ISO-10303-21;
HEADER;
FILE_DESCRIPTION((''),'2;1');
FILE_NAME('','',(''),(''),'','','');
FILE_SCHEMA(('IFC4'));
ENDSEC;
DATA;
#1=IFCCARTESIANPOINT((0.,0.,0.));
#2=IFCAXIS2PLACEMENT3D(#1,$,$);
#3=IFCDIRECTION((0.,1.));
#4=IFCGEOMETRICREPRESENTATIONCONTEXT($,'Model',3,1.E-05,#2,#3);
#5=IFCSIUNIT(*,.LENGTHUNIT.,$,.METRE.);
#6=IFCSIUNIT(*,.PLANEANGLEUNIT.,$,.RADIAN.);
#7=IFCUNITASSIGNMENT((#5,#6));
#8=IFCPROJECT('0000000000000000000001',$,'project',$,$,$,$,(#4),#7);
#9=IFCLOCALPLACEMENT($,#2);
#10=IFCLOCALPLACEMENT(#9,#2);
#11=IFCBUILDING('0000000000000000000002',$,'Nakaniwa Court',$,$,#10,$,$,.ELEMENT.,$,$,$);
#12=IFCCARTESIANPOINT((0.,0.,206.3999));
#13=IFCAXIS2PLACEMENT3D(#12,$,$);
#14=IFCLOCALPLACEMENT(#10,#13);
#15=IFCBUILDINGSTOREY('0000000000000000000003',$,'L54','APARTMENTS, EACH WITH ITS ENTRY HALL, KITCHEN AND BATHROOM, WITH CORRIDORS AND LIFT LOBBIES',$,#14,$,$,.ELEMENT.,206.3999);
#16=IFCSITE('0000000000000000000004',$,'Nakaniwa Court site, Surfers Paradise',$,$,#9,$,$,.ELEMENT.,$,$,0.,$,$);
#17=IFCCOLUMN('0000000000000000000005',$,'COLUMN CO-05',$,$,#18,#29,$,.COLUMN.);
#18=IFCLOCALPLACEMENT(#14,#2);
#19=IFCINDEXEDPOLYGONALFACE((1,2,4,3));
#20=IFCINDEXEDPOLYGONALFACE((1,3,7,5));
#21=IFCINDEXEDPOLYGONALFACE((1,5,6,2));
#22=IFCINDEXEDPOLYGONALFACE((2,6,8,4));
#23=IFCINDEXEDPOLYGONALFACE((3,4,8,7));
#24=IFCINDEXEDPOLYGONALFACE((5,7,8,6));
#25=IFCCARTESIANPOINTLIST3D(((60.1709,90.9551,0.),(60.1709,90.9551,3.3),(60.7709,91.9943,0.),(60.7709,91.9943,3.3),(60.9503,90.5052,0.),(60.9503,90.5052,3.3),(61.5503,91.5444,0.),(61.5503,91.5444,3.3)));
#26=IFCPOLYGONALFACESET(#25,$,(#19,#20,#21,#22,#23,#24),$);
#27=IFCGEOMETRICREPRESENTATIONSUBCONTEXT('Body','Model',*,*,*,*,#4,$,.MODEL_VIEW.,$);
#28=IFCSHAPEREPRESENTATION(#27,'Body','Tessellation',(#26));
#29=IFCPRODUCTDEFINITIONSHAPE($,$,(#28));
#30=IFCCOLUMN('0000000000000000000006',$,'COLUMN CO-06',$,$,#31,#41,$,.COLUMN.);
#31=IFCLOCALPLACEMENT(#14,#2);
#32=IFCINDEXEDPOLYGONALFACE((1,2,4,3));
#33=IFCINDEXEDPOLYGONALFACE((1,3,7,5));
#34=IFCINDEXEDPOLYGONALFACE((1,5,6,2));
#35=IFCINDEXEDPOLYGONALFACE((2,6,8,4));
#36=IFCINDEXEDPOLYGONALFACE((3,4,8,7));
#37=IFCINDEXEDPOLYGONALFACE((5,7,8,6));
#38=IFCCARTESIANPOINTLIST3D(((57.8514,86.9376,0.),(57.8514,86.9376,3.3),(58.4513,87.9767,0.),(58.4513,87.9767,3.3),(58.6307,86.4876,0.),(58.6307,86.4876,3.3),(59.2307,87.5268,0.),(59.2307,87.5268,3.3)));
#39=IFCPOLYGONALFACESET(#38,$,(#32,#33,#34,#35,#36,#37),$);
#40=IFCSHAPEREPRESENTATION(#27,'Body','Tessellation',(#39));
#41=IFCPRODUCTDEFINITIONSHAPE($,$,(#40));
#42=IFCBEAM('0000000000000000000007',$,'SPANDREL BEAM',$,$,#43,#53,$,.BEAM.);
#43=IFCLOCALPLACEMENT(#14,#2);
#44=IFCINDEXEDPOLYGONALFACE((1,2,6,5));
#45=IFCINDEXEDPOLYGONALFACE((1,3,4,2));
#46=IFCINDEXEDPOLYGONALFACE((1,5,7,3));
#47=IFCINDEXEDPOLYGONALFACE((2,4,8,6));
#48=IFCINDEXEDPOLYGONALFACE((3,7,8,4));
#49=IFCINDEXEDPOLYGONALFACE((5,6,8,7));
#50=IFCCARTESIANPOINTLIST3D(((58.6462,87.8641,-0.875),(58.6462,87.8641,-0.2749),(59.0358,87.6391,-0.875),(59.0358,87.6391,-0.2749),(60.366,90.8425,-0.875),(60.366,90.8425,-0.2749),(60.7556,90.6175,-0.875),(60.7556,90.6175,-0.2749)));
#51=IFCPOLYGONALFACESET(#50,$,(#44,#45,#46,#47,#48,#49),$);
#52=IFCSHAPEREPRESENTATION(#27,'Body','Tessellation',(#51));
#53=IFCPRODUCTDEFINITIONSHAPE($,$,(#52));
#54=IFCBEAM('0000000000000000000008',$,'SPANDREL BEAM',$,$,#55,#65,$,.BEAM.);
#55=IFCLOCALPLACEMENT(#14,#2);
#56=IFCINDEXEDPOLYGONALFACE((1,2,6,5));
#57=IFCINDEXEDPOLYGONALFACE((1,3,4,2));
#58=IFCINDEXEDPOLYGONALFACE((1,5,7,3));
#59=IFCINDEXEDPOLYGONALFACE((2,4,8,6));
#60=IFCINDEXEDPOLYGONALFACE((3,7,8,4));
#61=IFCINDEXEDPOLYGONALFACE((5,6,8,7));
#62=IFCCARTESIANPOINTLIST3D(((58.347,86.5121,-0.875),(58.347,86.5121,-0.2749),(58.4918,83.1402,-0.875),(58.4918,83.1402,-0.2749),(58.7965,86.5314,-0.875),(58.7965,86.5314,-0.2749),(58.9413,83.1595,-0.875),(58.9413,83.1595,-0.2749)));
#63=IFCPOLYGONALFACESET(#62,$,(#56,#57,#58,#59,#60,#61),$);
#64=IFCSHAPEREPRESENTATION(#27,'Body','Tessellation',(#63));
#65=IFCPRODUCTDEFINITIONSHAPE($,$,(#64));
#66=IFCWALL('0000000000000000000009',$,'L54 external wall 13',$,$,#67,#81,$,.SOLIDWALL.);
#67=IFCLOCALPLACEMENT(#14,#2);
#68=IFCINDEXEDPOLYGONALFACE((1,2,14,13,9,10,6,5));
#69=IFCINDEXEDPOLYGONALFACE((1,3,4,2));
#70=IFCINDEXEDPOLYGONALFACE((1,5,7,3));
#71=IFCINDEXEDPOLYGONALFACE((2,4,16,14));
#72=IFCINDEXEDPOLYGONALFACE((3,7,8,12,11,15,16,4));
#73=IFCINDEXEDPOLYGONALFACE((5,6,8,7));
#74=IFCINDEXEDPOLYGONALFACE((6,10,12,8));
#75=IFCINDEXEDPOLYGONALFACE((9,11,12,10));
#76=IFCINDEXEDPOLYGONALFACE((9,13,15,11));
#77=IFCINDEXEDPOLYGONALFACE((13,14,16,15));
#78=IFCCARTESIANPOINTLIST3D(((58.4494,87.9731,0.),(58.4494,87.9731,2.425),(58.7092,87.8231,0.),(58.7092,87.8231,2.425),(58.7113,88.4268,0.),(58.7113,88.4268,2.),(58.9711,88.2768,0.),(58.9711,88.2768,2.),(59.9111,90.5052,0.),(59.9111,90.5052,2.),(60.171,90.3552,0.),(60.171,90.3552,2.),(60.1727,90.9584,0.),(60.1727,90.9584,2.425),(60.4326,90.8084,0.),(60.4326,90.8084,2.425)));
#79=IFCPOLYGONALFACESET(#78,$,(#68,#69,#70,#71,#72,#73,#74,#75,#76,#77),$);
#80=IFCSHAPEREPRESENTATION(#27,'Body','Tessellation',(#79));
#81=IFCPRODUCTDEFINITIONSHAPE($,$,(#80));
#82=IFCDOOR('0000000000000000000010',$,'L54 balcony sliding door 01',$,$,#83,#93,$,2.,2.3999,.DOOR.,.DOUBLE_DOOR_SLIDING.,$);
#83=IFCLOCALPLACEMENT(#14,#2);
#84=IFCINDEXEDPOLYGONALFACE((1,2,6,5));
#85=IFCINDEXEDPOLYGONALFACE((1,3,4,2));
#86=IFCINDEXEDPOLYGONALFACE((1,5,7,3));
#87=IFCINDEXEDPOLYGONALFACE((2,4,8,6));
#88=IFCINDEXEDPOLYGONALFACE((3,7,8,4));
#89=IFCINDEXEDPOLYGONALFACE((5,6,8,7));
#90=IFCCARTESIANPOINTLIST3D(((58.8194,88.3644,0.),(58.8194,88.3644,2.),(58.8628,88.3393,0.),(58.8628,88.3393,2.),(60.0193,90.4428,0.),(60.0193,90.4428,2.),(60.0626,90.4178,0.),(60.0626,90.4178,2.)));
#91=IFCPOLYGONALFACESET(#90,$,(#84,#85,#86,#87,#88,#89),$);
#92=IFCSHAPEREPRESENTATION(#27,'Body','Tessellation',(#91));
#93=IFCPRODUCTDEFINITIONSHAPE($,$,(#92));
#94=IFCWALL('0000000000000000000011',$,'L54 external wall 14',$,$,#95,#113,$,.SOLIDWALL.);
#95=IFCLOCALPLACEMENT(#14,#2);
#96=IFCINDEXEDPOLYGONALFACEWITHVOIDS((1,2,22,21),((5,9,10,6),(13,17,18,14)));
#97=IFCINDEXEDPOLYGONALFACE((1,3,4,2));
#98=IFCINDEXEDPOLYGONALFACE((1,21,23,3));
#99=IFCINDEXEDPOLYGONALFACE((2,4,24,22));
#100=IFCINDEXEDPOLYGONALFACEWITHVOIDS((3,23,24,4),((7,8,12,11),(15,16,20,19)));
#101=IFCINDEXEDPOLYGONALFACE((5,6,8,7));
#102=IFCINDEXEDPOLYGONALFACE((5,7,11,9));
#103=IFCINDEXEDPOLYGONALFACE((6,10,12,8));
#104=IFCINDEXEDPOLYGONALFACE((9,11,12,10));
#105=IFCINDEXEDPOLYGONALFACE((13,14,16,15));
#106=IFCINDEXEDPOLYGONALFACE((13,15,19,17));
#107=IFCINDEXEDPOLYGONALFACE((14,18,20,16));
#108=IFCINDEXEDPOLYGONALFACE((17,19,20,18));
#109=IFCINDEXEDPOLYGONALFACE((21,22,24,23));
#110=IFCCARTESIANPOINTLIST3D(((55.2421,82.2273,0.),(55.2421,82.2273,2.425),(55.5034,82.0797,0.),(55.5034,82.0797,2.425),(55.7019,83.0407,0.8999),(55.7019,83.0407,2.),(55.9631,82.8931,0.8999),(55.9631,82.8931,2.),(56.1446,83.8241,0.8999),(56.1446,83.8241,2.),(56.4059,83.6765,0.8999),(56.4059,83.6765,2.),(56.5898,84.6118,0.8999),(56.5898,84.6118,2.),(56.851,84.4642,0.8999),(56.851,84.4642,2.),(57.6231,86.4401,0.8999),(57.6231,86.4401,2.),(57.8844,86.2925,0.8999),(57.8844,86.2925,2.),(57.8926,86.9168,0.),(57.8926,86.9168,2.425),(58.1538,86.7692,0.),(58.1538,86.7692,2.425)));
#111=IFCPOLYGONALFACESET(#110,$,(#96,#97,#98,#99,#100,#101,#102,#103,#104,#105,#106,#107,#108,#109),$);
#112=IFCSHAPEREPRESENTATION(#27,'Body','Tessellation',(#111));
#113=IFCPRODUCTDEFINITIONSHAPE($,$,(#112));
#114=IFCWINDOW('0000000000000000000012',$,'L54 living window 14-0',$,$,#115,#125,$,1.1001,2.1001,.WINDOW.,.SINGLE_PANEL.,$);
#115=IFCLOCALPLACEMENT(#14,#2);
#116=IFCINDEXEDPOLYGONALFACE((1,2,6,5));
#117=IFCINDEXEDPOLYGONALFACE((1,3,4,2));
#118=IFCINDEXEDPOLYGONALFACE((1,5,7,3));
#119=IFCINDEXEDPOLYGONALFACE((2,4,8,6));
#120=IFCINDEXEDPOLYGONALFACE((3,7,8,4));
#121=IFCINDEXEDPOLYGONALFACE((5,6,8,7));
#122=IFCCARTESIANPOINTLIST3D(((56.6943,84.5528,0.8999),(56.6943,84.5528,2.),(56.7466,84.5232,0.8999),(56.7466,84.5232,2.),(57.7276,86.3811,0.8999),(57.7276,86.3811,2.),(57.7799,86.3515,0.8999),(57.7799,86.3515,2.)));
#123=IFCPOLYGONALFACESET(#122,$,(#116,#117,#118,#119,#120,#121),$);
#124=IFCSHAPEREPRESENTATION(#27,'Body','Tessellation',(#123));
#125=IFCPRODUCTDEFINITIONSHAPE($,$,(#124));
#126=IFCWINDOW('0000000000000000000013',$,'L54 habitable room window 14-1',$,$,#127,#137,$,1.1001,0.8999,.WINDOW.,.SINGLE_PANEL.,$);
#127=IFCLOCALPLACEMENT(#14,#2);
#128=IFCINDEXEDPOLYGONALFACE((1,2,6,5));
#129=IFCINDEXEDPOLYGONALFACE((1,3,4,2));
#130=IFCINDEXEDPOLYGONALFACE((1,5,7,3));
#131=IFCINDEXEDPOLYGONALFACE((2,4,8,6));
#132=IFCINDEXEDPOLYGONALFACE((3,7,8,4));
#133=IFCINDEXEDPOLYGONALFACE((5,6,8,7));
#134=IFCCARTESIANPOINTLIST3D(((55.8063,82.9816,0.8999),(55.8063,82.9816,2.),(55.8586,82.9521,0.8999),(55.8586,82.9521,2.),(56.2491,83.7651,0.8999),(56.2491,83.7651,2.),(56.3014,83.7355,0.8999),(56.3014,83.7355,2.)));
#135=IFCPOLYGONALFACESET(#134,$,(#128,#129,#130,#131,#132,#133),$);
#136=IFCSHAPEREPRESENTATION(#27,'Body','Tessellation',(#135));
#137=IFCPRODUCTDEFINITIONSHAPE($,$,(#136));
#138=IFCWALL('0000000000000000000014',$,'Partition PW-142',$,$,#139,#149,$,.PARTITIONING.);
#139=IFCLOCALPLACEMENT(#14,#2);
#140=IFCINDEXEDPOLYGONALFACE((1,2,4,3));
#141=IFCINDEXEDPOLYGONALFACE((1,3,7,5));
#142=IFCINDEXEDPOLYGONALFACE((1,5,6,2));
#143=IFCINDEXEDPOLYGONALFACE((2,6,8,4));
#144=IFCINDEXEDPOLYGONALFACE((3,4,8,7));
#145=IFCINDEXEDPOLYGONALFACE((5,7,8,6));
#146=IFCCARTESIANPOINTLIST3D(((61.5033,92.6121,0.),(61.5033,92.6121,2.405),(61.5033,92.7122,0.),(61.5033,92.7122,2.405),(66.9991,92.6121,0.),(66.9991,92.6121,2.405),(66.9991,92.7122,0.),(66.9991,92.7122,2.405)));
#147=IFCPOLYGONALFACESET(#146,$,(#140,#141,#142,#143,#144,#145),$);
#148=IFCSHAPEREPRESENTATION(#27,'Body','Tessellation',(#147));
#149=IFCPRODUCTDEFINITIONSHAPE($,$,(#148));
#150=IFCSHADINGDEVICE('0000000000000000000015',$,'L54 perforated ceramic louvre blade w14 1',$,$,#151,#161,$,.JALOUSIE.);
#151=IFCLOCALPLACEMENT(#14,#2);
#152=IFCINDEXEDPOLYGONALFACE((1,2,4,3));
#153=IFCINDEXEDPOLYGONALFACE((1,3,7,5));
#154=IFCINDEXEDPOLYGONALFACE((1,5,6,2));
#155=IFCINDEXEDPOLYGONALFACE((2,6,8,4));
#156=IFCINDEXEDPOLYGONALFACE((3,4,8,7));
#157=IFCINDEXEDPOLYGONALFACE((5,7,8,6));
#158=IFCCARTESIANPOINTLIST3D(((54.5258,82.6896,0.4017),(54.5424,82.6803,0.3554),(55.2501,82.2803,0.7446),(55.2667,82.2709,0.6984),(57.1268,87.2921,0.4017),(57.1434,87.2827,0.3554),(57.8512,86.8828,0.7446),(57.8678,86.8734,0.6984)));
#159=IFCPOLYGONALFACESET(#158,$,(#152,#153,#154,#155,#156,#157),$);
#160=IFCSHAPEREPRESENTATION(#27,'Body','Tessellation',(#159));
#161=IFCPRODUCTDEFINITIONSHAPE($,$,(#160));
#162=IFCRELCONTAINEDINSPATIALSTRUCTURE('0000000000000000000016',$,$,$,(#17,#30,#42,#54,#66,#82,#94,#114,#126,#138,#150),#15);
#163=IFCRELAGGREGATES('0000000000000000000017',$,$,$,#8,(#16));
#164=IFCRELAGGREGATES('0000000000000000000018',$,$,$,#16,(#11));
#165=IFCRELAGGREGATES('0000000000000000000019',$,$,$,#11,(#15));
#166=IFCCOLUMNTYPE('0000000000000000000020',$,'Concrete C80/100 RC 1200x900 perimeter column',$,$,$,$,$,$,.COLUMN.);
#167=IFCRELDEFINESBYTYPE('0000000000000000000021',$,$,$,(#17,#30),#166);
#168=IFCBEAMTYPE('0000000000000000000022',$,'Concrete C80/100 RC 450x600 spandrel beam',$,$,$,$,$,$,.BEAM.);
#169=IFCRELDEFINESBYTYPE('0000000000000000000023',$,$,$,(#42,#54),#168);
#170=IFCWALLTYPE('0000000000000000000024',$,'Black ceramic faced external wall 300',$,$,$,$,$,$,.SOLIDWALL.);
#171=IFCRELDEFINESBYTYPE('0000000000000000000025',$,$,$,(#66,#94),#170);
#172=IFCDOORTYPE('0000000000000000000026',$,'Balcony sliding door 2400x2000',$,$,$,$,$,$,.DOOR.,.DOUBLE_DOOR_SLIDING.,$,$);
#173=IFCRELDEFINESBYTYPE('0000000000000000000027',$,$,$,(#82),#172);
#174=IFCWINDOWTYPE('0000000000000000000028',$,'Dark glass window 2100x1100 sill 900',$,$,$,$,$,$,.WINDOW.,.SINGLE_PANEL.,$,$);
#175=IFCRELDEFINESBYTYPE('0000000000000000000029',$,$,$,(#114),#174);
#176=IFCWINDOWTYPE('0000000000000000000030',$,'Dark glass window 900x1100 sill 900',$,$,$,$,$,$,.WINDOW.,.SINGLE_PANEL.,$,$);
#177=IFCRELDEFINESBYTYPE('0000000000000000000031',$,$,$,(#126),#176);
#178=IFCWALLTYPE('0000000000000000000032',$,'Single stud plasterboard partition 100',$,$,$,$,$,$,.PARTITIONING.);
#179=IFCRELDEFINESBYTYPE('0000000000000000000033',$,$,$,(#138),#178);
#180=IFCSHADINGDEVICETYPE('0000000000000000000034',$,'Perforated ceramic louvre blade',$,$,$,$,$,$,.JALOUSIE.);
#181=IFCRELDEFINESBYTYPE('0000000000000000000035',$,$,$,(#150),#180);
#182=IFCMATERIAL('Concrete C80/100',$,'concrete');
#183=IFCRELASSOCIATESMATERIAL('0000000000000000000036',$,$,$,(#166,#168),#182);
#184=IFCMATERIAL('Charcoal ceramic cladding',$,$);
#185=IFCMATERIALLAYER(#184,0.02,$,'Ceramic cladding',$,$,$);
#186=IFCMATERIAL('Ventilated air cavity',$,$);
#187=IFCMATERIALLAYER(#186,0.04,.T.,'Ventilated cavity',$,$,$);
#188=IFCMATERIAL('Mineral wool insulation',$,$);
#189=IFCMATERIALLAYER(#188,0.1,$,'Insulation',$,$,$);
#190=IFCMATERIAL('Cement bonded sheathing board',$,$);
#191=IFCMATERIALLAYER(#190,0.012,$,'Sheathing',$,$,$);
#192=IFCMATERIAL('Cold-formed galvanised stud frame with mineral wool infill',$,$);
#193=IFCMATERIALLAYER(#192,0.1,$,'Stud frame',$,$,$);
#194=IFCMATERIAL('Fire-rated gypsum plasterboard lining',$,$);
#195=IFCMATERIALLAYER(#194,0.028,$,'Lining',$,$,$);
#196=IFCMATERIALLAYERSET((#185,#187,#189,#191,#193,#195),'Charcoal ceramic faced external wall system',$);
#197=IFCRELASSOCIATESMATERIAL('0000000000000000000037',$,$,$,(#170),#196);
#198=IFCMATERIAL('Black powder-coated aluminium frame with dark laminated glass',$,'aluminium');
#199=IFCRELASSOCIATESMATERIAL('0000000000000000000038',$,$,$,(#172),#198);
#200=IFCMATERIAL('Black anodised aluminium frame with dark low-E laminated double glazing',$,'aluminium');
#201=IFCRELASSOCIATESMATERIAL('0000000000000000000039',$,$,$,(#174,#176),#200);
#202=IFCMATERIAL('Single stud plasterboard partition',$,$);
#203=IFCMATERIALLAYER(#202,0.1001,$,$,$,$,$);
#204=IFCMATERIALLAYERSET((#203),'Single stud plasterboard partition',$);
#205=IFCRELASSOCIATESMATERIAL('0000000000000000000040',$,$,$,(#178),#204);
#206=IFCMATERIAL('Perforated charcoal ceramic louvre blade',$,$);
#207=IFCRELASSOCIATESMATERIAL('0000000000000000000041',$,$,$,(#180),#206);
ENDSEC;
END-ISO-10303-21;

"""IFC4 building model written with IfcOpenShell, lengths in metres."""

from ifc_helpers import new_model, si_unit, direction, frame, frame_2d, origin, origin_2d, place, context, subcontext, project, spatial, rectangle, extrude, material, layer, layer_set, material_profile, profile_set, type_object, element, fill, save


model = new_model("IFC4")

# Units and contexts
model_context = context("Model", 3, precision=1e-05, world=origin(), true_north=direction((0.0, 1.0)))
body_context = subcontext(model_context, "Body", "Model", "MODEL_VIEW")
ifc_project = project(units=[si_unit("LENGTHUNIT", "METRE"), si_unit("PLANEANGLEUNIT", "RADIAN")], contexts=[model_context])

# Site, building, storey
site_placement = place(None, origin())
site = spatial("IfcSite", under=ifc_project, at=site_placement, Name="Nakaniwa Court site, Surfers Paradise", CompositionType="ELEMENT", RefElevation=0.0)
building_placement = place(site_placement, origin())
building = spatial("IfcBuilding", under=site, at=building_placement, Name="Nakaniwa Court", CompositionType="ELEMENT")
storey_placement = place(building_placement, frame((0.0, 0.0, 206.3999)))
storey = spatial("IfcBuildingStorey", under=building, at=storey_placement, Name="L54", Description="APARTMENTS, EACH WITH ITS ENTRY HALL, KITCHEN AND BATHROOM, WITH CORRIDORS AND LIFT LOBBIES", CompositionType="ELEMENT", Elevation=206.3999)

# Columns
ifc_material_1 = material(Name="Concrete C80/100", Category="concrete")
ifc_material_profile_1 = material_profile(ifc_material_1, rectangle(XDim=1.2, YDim=0.8999, at=origin_2d()), Name="Concrete C80/100 RC 1200x900 perimeter column")
ifc_profile_set_1 = profile_set([ifc_material_profile_1], Name="Concrete C80/100")
column_type = type_object("IfcColumnType", Name="Concrete C80/100 RC 1200x900 perimeter column", PredefinedType="COLUMN", material=ifc_profile_set_1)
for number, where, z_axis, x_axis, name in (
    (1, (60.8606, 91.2498, 0.0), (0.0, 0.0, 1.0), (-0.5, -0.866025, 0.0), "COLUMN CO-05"),
    (2, (58.541, 87.2322, 0.0), (0.0, 0.0, 1.0), (-0.5, -0.866025, 0.0), "COLUMN CO-06"),
):
    element("IfcColumn", number, at=place(storey_placement, frame(where, z_axis=z_axis, x_axis=x_axis)), inside=storey, type_object=column_type, Name=name, PredefinedType="COLUMN", context=body_context, shape_type="SweptSolid", body=[
        extrude(rectangle(XDim=1.2, YDim=0.8999, at=origin_2d()), origin(), (0.0, 0.0, 1.0), 3.3),
    ])

# Beams
ifc_material_profile_2 = material_profile(ifc_material_1, rectangle(XDim=0.45, YDim=0.6001, at=origin_2d()), Name="Concrete C80/100 RC 450x600 spandrel beam")
ifc_profile_set_2 = profile_set([ifc_material_profile_2], Name="Concrete C80/100")
beam_type = type_object("IfcBeamType", Name="Concrete C80/100 RC 450x600 spandrel beam", PredefinedType="BEAM", material=ifc_profile_set_2)
beam_1_placement = place(storey_placement, frame((60.5608, 90.73, -0.575), z_axis=(-0.500048, -0.865998, 0.0), x_axis=(0.865998, -0.500048, 0.0)))
element("IfcBeam", 3, at=beam_1_placement, inside=storey, type_object=beam_type, Name="SPANDREL BEAM", PredefinedType="BEAM", context=body_context, shape_type="SweptSolid", body=[
    extrude(rectangle(XDim=0.45, YDim=0.6001, at=origin_2d()), origin(), (0.0, 0.0, 1.0), 3.4392),
])
beam_2_placement = place(storey_placement, frame((58.5718, 86.5217, -0.575), z_axis=(0.042897, -0.999079, 0.0), x_axis=(0.999079, 0.042897, 0.0)))
element("IfcBeam", 4, at=beam_2_placement, inside=storey, type_object=beam_type, Name="SPANDREL BEAM", PredefinedType="BEAM", context=body_context, shape_type="SweptSolid", body=[
    extrude(rectangle(XDim=0.45, YDim=0.6001, at=origin_2d()), origin(), (0.0, 0.0, 1.0), 3.375),
])

# Wall, opening, door
ifc_material_2 = material(Name="Charcoal ceramic cladding")
ifc_layer_1 = layer(ifc_material_2, 0.02, Name="Ceramic cladding")
ifc_material_3 = material(Name="Ventilated air cavity")
ifc_layer_2 = layer(ifc_material_3, 0.04, ventilated=True, Name="Ventilated cavity")
ifc_material_4 = material(Name="Mineral wool insulation")
ifc_layer_3 = layer(ifc_material_4, 0.1, Name="Insulation")
ifc_material_5 = material(Name="Cement bonded sheathing board")
ifc_layer_4 = layer(ifc_material_5, 0.012, Name="Sheathing")
ifc_material_6 = material(Name="Cold-formed galvanised stud frame with mineral wool infill")
ifc_layer_5 = layer(ifc_material_6, 0.1, Name="Stud frame")
ifc_material_7 = material(Name="Fire-rated gypsum plasterboard lining")
ifc_layer_6 = layer(ifc_material_7, 0.028, Name="Lining")
ifc_layer_set_1 = layer_set([ifc_layer_1, ifc_layer_2, ifc_layer_3, ifc_layer_4, ifc_layer_5, ifc_layer_6], Name="Charcoal ceramic faced external wall system")
wall_type_1 = type_object("IfcWallType", Name="Black ceramic faced external wall 300", PredefinedType="SOLIDWALL", material=ifc_layer_set_1)
wall_1_placement = place(storey_placement, frame((60.3027, 90.8835, 0.0), z_axis=(0.0, 0.0, 1.0), x_axis=(-0.499955, -0.866051, 0.0)))
wall_1 = element("IfcWall", 5, at=wall_1_placement, inside=storey, type_object=wall_type_1, Name="L54 external wall 13", PredefinedType="SOLIDWALL", context=body_context, shape_type="SweptSolid", body=[
    extrude(rectangle(XDim=3.447, YDim=0.3, at=frame_2d((1.7236, 0.0))), origin(), (0.0, 0.0, 1.0), 2.425),
])
opening_1_placement = place(wall_1_placement, frame((0.5234, 0.0, 0.0)))
opening_1 = element("IfcOpeningElement", 6, at=opening_1_placement, cuts=wall_1, PredefinedType="OPENING", context=body_context, shape_type="SweptSolid", body=[
    extrude(rectangle(XDim=2.3999, YDim=2.0, at=frame_2d((1.2, 1.0))), frame((0.0, 0.1599, 0.0), z_axis=(0.0, -1.0, 0.0), x_axis=(1.0, 0.0, 0.0)), (0.0, 0.0, 1.0), 0.3201),
])
ifc_material_8 = material(Name="Black powder-coated aluminium frame with dark laminated glass", Category="aluminium")
door_type = type_object("IfcDoorType", Name="Balcony sliding door 2400x2000", OperationType="DOUBLE_DOOR_SLIDING", PredefinedType="DOOR", material=ifc_material_8)
door_placement = place(opening_1_placement, origin())
door = element("IfcDoor", 7, at=door_placement, inside=storey, type_object=door_type, Name="L54 balcony sliding door 01", OperationType="DOUBLE_DOOR_SLIDING", OverallHeight=2.0, OverallWidth=2.3999, PredefinedType="DOOR", context=body_context, shape_type="SweptSolid", body=[
    extrude(rectangle(XDim=2.3999, YDim=2.0, at=frame_2d((1.2, 1.0))), frame((0.0, 0.0249, 0.0), z_axis=(0.0, -1.0, 0.0), x_axis=(1.0, 0.0, 0.0)), (0.0, 0.0, 1.0), 0.05),
])
fill(opening_1, door)

# Wall, openings, windows
wall_2_placement = place(storey_placement, frame((58.0232, 86.843, 0.0), z_axis=(0.0, 0.0, 1.0), x_axis=(-0.492033, -0.870576, 0.0)))
wall_2 = element("IfcWall", 8, at=wall_2_placement, inside=storey, type_object=wall_type_1, Name="L54 external wall 14", PredefinedType="SOLIDWALL", context=body_context, shape_type="SweptSolid", body=[
    extrude(rectangle(XDim=5.3867, YDim=0.3, at=frame_2d((2.6934, 0.0))), origin(), (0.0, 0.0, 1.0), 2.425),
])
opening_2_placement = place(wall_2_placement, frame((0.5476, 0.0, 0.8999)))
opening_2 = element("IfcOpeningElement", 9, at=opening_2_placement, cuts=wall_2, PredefinedType="OPENING", context=body_context, shape_type="SweptSolid", body=[
    extrude(rectangle(XDim=2.1001, YDim=1.1001, at=frame_2d((1.05, 0.55))), frame((0.0, 0.1599, 0.0), z_axis=(0.0, -1.0, 0.0), x_axis=(1.0, 0.0, 0.0)), (0.0, 0.0, 1.0), 0.3201),
])
opening_3_placement = place(wall_2_placement, frame((3.5525, 0.0, 0.8999)))
opening_3 = element("IfcOpeningElement", 10, at=opening_3_placement, cuts=wall_2, PredefinedType="OPENING", context=body_context, shape_type="SweptSolid", body=[
    extrude(rectangle(XDim=0.8999, YDim=1.1001, at=frame_2d((0.45, 0.55))), frame((0.0, 0.1599, 0.0), z_axis=(0.0, -1.0, 0.0), x_axis=(1.0, 0.0, 0.0)), (0.0, 0.0, 1.0), 0.3201),
])
ifc_material_9 = material(Name="Black anodised aluminium frame with dark low-E laminated double glazing", Category="aluminium")
window_type_1 = type_object("IfcWindowType", Name="Dark glass window 2100x1100 sill 900", PartitioningType="SINGLE_PANEL", PredefinedType="WINDOW", material=ifc_material_9)
window_1_placement = place(opening_2_placement, origin())
window_1 = element("IfcWindow", 11, at=window_1_placement, inside=storey, type_object=window_type_1, Name="L54 living window 14-0", OverallHeight=1.1001, OverallWidth=2.1001, PartitioningType="SINGLE_PANEL", PredefinedType="WINDOW", context=body_context, shape_type="SweptSolid", body=[
    extrude(rectangle(XDim=2.1001, YDim=1.1001, at=frame_2d((1.05, 0.55))), frame((0.0, 0.03, 0.0), z_axis=(0.0, -1.0, 0.0), x_axis=(1.0, 0.0, 0.0)), (0.0, 0.0, 1.0), 0.0601),
])
fill(opening_2, window_1)
window_type_2 = type_object("IfcWindowType", Name="Dark glass window 900x1100 sill 900", PartitioningType="SINGLE_PANEL", PredefinedType="WINDOW", material=ifc_material_9)
window_2_placement = place(opening_3_placement, origin())
window_2 = element("IfcWindow", 12, at=window_2_placement, inside=storey, type_object=window_type_2, Name="L54 habitable room window 14-1", OverallHeight=1.1001, OverallWidth=0.8999, PartitioningType="SINGLE_PANEL", PredefinedType="WINDOW", context=body_context, shape_type="SweptSolid", body=[
    extrude(rectangle(XDim=0.8999, YDim=1.1001, at=frame_2d((0.45, 0.55))), frame((0.0, 0.03, 0.0), z_axis=(0.0, -1.0, 0.0), x_axis=(1.0, 0.0, 0.0)), (0.0, 0.0, 1.0), 0.0601),
])
fill(opening_3, window_2)

# Wall
ifc_material_10 = material(Name="Single stud plasterboard partition")
ifc_layer_7 = layer(ifc_material_10, 0.1001)
ifc_layer_set_2 = layer_set([ifc_layer_7], Name="Single stud plasterboard partition")
wall_type_2 = type_object("IfcWallType", Name="Single stud plasterboard partition 100", PredefinedType="PARTITIONING", material=ifc_layer_set_2)
wall_3_placement = place(storey_placement, frame((61.5032, 92.6621, 0.0), z_axis=(0.0, 0.0, 1.0), x_axis=(1.0, 0.0, 0.0)))
element("IfcWall", 13, at=wall_3_placement, inside=storey, type_object=wall_type_2, Name="Partition PW-142", PredefinedType="PARTITIONING", context=body_context, shape_type="SweptSolid", body=[
    extrude(rectangle(XDim=5.4958, YDim=0.1001, at=frame_2d((2.748, 0.0))), origin(), (0.0, 0.0, 1.0), 2.405),
])

# Shading device
ifc_material_11 = material(Name="Perforated charcoal ceramic louvre blade")
ifc_material_profile_3 = material_profile(ifc_material_11, rectangle(XDim=0.8999, YDim=0.05, at=origin_2d()), Name="Perforated ceramic louvre blade")
ifc_profile_set_3 = profile_set([ifc_material_profile_3], Name="Perforated charcoal ceramic louvre blade")
shading_device_type = type_object("IfcShadingDeviceType", Name="Perforated ceramic louvre blade", PredefinedType="JALOUSIE", material=ifc_profile_set_3)
for number, where, z_axis, x_axis, name in (
    (14, (57.4973, 87.0828, 0.55), (-0.492006, -0.870592, 0.0), (0.804902, -0.454882, 0.38107), "L54 perforated ceramic louvre blade w14 1"),
):
    element("IfcShadingDevice", number, at=place(storey_placement, frame(where, z_axis=z_axis, x_axis=x_axis)), inside=storey, type_object=shading_device_type, Name=name, PredefinedType="JALOUSIE", context=body_context, shape_type="SweptSolid", body=[
        extrude(rectangle(XDim=0.8999, YDim=0.05, at=origin_2d()), origin(), (0.0, 0.0, 1.0), 5.2866),
    ])

save(model, "model.ifc")
